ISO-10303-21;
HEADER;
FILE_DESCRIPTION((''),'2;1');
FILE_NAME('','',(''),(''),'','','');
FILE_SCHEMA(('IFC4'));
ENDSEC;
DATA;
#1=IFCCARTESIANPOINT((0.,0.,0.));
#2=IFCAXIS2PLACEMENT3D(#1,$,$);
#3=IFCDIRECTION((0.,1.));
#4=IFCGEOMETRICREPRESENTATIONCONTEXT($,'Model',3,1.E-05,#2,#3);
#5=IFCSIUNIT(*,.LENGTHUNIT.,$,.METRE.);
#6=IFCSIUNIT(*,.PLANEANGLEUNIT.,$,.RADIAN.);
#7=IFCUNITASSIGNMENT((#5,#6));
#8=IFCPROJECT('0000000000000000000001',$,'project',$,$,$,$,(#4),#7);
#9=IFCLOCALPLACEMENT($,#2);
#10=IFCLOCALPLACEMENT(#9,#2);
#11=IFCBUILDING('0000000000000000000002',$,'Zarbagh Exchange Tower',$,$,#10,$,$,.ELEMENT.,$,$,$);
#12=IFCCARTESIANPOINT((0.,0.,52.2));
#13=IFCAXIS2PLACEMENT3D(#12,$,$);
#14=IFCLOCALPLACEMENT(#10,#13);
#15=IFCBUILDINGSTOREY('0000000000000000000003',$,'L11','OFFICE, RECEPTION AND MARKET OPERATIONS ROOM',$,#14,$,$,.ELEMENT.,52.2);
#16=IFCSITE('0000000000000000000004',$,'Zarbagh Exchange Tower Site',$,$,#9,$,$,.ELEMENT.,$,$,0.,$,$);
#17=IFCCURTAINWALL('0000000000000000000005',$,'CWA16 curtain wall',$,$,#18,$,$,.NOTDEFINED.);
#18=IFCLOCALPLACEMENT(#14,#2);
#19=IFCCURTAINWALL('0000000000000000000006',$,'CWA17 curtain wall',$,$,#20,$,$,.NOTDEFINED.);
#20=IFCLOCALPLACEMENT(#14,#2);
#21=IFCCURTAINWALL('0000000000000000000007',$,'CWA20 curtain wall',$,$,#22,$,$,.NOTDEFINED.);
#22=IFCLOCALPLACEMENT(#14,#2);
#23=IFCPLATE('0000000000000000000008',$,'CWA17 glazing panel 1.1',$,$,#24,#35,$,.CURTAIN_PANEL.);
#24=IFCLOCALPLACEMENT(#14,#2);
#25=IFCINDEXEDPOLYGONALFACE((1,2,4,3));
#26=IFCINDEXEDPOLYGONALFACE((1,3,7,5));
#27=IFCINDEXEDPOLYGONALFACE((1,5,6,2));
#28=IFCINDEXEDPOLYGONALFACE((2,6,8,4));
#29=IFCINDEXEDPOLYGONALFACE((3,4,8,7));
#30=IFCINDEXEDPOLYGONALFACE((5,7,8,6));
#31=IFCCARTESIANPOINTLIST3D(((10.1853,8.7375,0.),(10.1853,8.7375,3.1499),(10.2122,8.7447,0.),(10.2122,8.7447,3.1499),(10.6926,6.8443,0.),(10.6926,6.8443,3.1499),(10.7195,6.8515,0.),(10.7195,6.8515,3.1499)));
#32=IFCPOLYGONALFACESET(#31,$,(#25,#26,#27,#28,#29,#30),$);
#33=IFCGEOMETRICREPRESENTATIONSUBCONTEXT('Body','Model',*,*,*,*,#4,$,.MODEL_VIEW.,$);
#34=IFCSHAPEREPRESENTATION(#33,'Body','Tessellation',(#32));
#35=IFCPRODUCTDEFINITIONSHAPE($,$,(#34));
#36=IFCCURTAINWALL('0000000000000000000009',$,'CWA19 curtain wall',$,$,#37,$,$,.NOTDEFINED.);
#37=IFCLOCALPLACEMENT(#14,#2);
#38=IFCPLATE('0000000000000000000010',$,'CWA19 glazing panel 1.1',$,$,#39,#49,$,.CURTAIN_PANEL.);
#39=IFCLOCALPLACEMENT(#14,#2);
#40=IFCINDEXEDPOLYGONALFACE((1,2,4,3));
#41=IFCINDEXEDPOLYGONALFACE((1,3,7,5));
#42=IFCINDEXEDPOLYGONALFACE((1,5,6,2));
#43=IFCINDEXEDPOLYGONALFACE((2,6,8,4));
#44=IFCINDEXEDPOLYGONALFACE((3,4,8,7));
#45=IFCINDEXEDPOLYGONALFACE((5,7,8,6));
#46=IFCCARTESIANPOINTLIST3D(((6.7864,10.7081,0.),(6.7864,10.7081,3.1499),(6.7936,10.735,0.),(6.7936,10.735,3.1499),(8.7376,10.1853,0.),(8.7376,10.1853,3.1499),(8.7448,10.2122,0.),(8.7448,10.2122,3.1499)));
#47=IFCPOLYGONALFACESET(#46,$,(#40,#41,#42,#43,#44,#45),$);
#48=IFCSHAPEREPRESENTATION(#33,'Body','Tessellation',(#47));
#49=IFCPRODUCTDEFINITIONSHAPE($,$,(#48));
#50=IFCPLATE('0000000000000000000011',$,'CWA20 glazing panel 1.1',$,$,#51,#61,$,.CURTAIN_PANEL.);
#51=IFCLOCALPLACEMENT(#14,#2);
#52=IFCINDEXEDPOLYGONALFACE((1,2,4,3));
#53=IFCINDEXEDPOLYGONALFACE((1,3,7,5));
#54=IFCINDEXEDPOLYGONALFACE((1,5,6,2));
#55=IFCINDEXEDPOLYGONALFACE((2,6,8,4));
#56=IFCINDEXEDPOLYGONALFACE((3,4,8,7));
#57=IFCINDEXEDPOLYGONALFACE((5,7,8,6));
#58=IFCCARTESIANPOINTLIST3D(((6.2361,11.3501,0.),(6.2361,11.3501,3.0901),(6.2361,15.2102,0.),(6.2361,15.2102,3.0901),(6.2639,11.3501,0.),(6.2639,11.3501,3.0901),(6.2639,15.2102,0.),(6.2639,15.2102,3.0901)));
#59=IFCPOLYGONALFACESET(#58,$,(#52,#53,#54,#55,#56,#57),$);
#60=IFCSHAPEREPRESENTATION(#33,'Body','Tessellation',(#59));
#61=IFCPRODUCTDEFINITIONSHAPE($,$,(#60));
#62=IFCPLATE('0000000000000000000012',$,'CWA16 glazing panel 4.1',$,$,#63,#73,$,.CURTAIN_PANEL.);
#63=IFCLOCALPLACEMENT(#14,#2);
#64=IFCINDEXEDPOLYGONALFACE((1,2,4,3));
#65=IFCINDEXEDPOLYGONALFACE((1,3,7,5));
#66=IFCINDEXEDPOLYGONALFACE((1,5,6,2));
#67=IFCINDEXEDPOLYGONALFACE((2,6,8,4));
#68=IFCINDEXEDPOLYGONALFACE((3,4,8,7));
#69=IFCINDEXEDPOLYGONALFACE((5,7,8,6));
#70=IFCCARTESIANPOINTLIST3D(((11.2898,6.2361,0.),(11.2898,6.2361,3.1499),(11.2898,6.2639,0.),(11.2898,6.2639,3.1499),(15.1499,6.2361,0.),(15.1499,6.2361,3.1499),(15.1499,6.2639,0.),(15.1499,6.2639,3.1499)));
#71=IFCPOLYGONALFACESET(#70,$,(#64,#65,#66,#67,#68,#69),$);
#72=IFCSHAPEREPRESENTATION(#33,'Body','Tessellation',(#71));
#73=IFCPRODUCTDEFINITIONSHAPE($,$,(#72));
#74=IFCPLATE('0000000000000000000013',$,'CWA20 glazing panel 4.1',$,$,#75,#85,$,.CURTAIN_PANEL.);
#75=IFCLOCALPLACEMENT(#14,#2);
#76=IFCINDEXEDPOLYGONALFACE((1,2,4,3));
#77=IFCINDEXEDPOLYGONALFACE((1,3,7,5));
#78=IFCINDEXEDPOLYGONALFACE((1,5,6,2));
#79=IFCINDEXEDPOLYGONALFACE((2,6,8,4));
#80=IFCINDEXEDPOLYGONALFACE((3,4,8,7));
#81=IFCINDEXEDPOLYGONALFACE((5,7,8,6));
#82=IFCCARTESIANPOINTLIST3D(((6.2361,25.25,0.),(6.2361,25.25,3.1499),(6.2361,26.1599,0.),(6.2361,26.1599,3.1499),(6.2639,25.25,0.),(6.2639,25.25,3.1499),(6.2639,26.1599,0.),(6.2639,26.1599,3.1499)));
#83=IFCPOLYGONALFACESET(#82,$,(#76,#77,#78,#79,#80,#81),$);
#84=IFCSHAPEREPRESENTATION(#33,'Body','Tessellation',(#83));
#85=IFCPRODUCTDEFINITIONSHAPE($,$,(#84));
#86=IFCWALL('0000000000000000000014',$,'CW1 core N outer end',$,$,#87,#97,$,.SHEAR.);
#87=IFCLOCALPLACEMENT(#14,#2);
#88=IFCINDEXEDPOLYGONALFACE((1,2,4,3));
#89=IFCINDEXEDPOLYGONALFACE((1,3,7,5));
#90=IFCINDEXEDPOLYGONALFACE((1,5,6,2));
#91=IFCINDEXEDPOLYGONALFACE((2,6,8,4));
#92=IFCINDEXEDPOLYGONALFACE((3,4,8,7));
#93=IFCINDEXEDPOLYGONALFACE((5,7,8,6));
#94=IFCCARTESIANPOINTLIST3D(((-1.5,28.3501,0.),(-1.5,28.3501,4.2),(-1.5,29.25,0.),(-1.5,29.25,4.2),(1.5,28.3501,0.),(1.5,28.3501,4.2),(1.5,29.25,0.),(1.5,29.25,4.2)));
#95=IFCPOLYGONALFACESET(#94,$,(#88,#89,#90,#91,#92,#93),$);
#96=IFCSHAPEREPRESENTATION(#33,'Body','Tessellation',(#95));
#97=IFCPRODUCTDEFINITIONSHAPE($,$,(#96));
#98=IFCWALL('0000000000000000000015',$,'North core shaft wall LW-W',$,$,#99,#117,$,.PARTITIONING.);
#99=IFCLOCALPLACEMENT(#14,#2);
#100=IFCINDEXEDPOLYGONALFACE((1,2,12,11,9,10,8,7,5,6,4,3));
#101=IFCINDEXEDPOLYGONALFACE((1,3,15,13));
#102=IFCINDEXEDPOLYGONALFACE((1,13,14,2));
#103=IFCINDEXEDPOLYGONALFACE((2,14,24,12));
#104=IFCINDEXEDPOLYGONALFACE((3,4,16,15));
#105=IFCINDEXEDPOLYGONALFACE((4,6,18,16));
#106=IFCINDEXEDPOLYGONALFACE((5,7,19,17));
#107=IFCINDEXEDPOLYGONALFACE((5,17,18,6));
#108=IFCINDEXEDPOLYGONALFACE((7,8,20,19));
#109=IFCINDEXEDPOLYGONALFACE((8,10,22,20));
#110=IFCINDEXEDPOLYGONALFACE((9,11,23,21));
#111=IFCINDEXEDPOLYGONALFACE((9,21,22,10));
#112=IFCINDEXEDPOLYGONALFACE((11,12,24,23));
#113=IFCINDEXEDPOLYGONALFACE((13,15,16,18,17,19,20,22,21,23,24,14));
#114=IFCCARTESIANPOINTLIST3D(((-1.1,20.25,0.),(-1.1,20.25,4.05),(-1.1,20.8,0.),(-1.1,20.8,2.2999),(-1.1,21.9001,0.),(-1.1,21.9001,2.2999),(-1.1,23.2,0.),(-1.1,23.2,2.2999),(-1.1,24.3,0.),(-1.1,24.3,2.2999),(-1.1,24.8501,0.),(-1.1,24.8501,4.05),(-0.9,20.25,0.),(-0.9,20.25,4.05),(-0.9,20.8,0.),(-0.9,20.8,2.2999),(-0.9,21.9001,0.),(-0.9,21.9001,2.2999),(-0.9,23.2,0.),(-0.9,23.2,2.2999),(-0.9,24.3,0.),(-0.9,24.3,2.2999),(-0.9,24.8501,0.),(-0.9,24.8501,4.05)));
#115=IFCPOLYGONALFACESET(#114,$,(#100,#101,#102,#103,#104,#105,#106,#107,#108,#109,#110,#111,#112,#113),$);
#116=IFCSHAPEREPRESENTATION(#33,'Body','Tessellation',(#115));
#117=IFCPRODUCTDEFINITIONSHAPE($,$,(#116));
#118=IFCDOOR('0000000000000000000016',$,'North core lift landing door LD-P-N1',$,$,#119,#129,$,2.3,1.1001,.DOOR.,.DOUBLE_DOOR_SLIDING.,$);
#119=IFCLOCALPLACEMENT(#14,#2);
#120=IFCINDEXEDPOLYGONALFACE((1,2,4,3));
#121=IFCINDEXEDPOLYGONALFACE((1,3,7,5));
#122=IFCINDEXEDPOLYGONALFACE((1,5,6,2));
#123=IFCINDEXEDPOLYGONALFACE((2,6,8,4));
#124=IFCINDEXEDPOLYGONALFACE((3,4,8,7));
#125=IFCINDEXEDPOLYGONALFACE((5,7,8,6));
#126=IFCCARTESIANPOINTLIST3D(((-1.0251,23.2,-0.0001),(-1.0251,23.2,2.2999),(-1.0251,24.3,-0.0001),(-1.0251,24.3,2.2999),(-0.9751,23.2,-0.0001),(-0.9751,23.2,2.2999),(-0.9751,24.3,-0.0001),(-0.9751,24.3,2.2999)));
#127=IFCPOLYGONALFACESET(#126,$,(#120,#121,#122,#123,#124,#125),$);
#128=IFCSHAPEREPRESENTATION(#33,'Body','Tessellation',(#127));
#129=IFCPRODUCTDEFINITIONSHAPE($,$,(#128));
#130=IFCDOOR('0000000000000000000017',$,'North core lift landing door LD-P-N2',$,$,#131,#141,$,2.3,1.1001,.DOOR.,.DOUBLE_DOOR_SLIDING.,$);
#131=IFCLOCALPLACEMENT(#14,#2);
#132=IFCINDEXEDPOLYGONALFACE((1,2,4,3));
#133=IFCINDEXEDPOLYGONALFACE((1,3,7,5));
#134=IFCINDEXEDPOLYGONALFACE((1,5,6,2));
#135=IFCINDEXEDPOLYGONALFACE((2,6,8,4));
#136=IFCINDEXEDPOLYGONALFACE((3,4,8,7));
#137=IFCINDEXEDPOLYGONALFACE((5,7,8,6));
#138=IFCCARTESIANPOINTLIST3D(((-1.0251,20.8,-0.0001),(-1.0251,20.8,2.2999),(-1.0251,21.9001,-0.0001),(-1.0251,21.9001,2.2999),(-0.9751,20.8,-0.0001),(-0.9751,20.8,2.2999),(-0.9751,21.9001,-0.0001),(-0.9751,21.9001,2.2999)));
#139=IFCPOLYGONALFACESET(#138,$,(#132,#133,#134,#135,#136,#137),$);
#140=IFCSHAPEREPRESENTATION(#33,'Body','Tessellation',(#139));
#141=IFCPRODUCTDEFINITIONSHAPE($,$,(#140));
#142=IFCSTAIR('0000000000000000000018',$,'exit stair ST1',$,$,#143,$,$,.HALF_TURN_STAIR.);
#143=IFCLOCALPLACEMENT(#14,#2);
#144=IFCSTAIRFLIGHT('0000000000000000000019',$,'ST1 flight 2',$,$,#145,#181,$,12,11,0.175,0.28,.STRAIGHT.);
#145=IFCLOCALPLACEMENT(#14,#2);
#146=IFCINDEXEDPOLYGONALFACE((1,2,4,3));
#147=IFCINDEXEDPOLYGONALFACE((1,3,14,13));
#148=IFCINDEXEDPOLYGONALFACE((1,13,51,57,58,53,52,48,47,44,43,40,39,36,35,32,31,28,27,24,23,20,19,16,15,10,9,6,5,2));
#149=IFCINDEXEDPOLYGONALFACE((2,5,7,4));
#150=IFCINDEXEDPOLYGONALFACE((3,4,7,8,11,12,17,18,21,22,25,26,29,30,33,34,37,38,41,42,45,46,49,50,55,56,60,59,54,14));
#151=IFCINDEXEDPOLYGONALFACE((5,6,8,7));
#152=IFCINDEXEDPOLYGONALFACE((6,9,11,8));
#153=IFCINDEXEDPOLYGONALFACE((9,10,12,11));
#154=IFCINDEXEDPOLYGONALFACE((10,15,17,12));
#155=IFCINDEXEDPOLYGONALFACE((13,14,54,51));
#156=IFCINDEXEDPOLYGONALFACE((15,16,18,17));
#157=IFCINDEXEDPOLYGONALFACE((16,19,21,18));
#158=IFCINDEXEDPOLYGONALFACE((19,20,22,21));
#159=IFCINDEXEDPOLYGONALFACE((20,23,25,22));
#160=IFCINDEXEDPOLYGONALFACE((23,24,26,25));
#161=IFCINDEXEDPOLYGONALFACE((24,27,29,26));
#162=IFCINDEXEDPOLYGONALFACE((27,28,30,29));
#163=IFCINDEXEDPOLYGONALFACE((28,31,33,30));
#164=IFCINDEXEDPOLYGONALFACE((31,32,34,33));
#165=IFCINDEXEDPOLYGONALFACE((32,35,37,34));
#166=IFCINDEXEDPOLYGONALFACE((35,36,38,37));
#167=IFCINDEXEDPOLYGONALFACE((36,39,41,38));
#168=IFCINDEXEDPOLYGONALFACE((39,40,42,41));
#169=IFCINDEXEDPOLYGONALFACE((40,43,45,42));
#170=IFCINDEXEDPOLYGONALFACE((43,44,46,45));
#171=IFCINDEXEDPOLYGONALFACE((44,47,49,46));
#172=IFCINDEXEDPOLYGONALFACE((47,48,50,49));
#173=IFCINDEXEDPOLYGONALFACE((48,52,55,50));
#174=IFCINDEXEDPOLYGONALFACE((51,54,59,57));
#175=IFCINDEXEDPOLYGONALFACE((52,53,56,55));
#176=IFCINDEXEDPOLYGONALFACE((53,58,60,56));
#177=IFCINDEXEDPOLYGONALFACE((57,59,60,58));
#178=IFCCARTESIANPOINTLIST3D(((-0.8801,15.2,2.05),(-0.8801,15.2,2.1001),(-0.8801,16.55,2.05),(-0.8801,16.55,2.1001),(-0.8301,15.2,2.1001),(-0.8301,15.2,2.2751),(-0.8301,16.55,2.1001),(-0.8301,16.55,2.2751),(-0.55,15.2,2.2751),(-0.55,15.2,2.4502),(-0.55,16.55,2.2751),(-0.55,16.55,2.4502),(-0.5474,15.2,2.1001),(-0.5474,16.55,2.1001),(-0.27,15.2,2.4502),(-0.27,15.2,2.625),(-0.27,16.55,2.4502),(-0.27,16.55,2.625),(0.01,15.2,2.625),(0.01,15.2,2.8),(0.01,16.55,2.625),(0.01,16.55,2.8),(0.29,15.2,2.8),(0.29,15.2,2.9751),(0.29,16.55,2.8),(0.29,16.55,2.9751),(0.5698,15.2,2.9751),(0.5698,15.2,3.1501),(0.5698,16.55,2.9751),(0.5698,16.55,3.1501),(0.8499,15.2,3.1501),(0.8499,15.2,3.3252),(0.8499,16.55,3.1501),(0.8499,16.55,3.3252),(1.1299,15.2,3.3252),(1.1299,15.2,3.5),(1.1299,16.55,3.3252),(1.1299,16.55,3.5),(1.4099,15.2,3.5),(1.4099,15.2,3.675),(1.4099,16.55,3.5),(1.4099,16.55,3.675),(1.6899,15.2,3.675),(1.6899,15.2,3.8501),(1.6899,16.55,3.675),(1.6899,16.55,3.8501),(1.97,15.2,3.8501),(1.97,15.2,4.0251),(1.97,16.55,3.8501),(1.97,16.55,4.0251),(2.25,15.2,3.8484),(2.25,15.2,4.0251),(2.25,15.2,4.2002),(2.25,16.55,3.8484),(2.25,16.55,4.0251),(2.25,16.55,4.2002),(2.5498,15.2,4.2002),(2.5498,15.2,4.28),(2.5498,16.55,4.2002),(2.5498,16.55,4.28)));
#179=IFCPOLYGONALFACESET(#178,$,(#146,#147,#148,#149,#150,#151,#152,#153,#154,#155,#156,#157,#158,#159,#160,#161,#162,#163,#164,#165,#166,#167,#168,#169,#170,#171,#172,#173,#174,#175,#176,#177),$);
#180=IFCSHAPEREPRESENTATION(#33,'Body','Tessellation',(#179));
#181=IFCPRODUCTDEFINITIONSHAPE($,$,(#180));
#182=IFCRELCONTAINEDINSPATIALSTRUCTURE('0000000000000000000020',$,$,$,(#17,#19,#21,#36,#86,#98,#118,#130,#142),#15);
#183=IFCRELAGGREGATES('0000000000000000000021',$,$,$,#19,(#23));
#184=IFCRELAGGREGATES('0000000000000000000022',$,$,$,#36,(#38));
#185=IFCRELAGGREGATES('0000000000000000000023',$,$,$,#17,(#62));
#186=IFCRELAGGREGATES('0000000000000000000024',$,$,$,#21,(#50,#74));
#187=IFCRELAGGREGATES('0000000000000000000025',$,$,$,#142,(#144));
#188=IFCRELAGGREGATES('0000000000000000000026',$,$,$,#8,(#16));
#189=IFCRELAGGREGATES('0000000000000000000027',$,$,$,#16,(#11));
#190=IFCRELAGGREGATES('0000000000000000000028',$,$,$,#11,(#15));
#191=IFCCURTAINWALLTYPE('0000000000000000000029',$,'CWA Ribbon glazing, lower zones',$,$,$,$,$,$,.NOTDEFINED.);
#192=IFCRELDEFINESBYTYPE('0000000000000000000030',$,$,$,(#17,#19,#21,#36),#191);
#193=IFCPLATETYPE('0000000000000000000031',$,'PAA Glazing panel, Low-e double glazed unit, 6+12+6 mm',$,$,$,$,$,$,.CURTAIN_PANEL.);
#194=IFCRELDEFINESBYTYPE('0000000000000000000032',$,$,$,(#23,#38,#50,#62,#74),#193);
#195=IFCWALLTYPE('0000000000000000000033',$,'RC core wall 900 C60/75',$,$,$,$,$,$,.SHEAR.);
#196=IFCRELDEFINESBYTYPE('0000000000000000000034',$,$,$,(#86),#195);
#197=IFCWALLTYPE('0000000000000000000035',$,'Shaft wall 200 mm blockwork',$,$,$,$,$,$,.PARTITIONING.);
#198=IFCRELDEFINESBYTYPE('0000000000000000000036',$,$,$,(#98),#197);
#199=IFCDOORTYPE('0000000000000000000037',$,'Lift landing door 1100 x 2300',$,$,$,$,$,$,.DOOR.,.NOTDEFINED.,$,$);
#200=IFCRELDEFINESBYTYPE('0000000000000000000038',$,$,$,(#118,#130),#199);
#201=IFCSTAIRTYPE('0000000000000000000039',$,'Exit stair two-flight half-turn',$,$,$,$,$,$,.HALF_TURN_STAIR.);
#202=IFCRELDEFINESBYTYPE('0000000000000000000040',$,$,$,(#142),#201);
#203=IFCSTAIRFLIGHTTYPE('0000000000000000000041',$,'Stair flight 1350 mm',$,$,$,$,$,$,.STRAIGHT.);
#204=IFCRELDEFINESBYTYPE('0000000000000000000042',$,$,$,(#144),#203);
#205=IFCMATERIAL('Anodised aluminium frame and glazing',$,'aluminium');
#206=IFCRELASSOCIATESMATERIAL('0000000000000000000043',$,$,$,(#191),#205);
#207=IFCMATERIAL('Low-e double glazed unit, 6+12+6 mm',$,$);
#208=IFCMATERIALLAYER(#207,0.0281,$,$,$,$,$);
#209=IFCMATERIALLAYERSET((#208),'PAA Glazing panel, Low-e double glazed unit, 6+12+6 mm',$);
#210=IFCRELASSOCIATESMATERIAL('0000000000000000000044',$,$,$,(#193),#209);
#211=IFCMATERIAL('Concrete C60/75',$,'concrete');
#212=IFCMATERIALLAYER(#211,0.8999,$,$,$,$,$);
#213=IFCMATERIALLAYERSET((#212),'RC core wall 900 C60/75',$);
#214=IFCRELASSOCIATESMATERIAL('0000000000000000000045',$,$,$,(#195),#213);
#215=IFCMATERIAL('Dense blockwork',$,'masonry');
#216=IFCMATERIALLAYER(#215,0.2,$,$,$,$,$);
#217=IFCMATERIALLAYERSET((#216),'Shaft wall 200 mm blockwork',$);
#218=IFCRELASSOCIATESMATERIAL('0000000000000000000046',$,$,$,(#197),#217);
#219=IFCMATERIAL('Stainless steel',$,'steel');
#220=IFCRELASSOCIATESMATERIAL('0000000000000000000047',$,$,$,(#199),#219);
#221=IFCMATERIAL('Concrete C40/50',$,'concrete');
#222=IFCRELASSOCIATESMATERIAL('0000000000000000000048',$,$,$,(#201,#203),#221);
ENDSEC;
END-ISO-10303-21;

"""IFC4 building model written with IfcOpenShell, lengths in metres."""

from ifc_helpers import new_model, si_unit, direction, frame, frame_2d, origin, place, context, subcontext, project, spatial, polyline, rectangle, outline, extrude, source, transform, mapped, material, layer, layer_set, type_object, element, fill, aggregate, save


model = new_model("IFC4")

# Units and contexts
model_context = context("Model", 3, precision=1e-05, world=origin(), true_north=direction((0.0, 1.0)))
body_context = subcontext(model_context, "Body", "Model", "MODEL_VIEW")
ifc_project = project(units=[si_unit("LENGTHUNIT", "METRE"), si_unit("PLANEANGLEUNIT", "RADIAN")], contexts=[model_context])

# Site, building, storey
site_placement = place(None, origin())
site = spatial("IfcSite", under=ifc_project, at=site_placement, Name="Zarbagh Exchange Tower Site", CompositionType="ELEMENT", RefElevation=0.0)
building_placement = place(site_placement, origin())
building = spatial("IfcBuilding", under=site, at=building_placement, Name="Zarbagh Exchange Tower", CompositionType="ELEMENT")
storey_placement = place(building_placement, frame((0.0, 0.0, 52.2)))
storey = spatial("IfcBuildingStorey", under=building, at=storey_placement, Name="L11", Description="OFFICE, RECEPTION AND MARKET OPERATIONS ROOM", CompositionType="ELEMENT", Elevation=52.2)

# Curtain wall
ifc_material_1 = material(Name="Anodised aluminium frame and glazing", Category="aluminium")
curtain_wall_type = type_object("IfcCurtainWallType", Name="CWA Ribbon glazing, lower zones", PredefinedType="NOTDEFINED", material=ifc_material_1)
curtain_wall_1_placement = place(storey_placement, origin())
curtain_wall_1 = element("IfcCurtainWall", 1, at=curtain_wall_1_placement, inside=storey, type_object=curtain_wall_type, Name="CWA16 curtain wall", PredefinedType="NOTDEFINED")
placement = place(storey_placement, origin())

# Curtain wall
curtain_wall_2_placement = place(storey_placement, origin())
curtain_wall_2 = element("IfcCurtainWall", 2, at=curtain_wall_2_placement, inside=storey, type_object=curtain_wall_type, Name="CWA17 curtain wall", PredefinedType="NOTDEFINED")

# Curtain wall
curtain_wall_3_placement = place(storey_placement, origin())
curtain_wall_3 = element("IfcCurtainWall", 3, at=curtain_wall_3_placement, inside=storey, type_object=curtain_wall_type, Name="CWA20 curtain wall", PredefinedType="NOTDEFINED")

# Shared definitions
ifc_material_2 = material(Name="Low-e double glazed unit, 6+12+6 mm")
ifc_layer_1 = layer(ifc_material_2, 0.0281)
ifc_layer_set_1 = layer_set([ifc_layer_1], Name="PAA Glazing panel, Low-e double glazed unit, 6+12+6 mm")
plate_type = type_object("IfcPlateType", Name="PAA Glazing panel, Low-e double glazed unit, 6+12+6 mm", PredefinedType="CURTAIN_PANEL", material=ifc_layer_set_1)

# Plate
shared_shape_1 = source(origin(), body_context, "Body", "SweptSolid", [
    extrude(outline(polyline([(0.0, -0.0139), (1.96, -0.0139), (1.96, 0.0139), (0.0, 0.0139), (0.0, -0.0139)])), origin(), (0.0, 0.0, 1.0), 3.1499),
])
plate_1 = element("IfcPlate", 4, at=placement, type_object=plate_type, Name="CWA17 glazing panel 1.1", PredefinedType="CURTAIN_PANEL", context=body_context, shape_type="MappedRepresentation", body=[
    mapped(shared_shape_1, transform((10.7061, 6.8479, 0.0), x_axis=(-0.258825, 0.965924, 0.0), y_axis=(-0.965924, -0.258825, 0.0), z_axis=(0.0, 0.0, 1.0))),
])
aggregate(curtain_wall_2, [plate_1])

# Curtain wall, plate
curtain_wall_4_placement = place(storey_placement, origin())
curtain_wall_4 = element("IfcCurtainWall", 5, at=curtain_wall_4_placement, inside=storey, type_object=curtain_wall_type, Name="CWA19 curtain wall", PredefinedType="NOTDEFINED")
shared_shape_2 = source(origin(), body_context, "Body", "SweptSolid", [
    extrude(outline(polyline([(0.0, -0.0139), (2.02, -0.0139), (2.02, 0.0139), (0.0, 0.0139), (0.0, -0.0139)])), origin(), (0.0, 0.0, 1.0), 3.1499),
])
plate_2 = element("IfcPlate", 6, at=placement, type_object=plate_type, Name="CWA19 glazing panel 1.1", PredefinedType="CURTAIN_PANEL", context=body_context, shape_type="MappedRepresentation", body=[
    mapped(shared_shape_2, transform((8.7412, 10.1987, 0.0), x_axis=(-0.965924, 0.258825, 0.0), y_axis=(-0.258825, -0.965924, 0.0), z_axis=(0.0, 0.0, 1.0))),
])
aggregate(curtain_wall_4, [plate_2])

# Plates
shared_shape_3 = source(origin(), body_context, "Body", "SweptSolid", [
    extrude(outline(polyline([(0.0, -0.0139), (3.8601, -0.0139), (3.8601, 0.0139), (0.0, 0.0139), (0.0, -0.0139)])), origin(), (0.0, 0.0, 1.0), 3.0901),
])
plate_3 = element("IfcPlate", 7, at=placement, type_object=plate_type, Name="CWA20 glazing panel 1.1", PredefinedType="CURTAIN_PANEL", context=body_context, shape_type="MappedRepresentation", body=[
    mapped(shared_shape_3, transform((6.25, 11.3501, 0.0), x_axis=(0.0, 1.0, 0.0), y_axis=(-1.0, 0.0, 0.0), z_axis=(0.0, 0.0, 1.0))),
])
shared_shape_4 = source(origin(), body_context, "Body", "SweptSolid", [
    extrude(outline(polyline([(0.0, -0.0139), (3.8601, -0.0139), (3.8601, 0.0139), (0.0, 0.0139), (0.0, -0.0139)])), origin(), (0.0, 0.0, 1.0), 3.1499),
])
plate_4 = element("IfcPlate", 8, at=placement, type_object=plate_type, Name="CWA16 glazing panel 4.1", PredefinedType="CURTAIN_PANEL", context=body_context, shape_type="MappedRepresentation", body=[
    mapped(shared_shape_4, transform((15.1499, 6.25, 0.0), x_axis=(-1.0, 0.0, 0.0), y_axis=(0.0, -1.0, 0.0), z_axis=(0.0, 0.0, 1.0))),
])
aggregate(curtain_wall_1, [plate_4])
shared_shape_5 = source(origin(), body_context, "Body", "SweptSolid", [
    extrude(outline(polyline([(0.0, -0.0139), (0.9099, -0.0139), (0.9099, 0.0139), (0.0, 0.0139), (0.0, -0.0139)])), origin(), (0.0, 0.0, 1.0), 3.1499),
])
plate_5 = element("IfcPlate", 9, at=placement, type_object=plate_type, Name="CWA20 glazing panel 4.1", PredefinedType="CURTAIN_PANEL", context=body_context, shape_type="MappedRepresentation", body=[
    mapped(shared_shape_5, transform((6.25, 25.25, 0.0), x_axis=(0.0, 1.0, 0.0), y_axis=(-1.0, 0.0, 0.0), z_axis=(0.0, 0.0, 1.0))),
])
aggregate(curtain_wall_3, [plate_3, plate_5])

# Wall
ifc_material_3 = material(Name="Concrete C60/75", Category="concrete")
ifc_layer_2 = layer(ifc_material_3, 0.8999)
ifc_layer_set_2 = layer_set([ifc_layer_2], Name="RC core wall 900 C60/75")
wall_type_1 = type_object("IfcWallType", Name="RC core wall 900 C60/75", PredefinedType="SHEAR", material=ifc_layer_set_2)
wall_1_placement = place(storey_placement, frame((-1.5, 28.8, 0.0), z_axis=(0.0, 0.0, 1.0), x_axis=(1.0, 0.0, 0.0)))
element("IfcWall", 10, at=wall_1_placement, inside=storey, type_object=wall_type_1, Name="CW1 core N outer end", PredefinedType="SHEAR", context=body_context, shape_type="SweptSolid", body=[
    extrude(rectangle(XDim=3.0, YDim=0.8999, at=frame_2d((1.5, 0.0))), origin(), (0.0, 0.0, 1.0), 4.2),
])

# Wall, openings, doors
ifc_material_4 = material(Name="Dense blockwork", Category="masonry")
ifc_layer_3 = layer(ifc_material_4, 0.2)
ifc_layer_set_3 = layer_set([ifc_layer_3], Name="Shaft wall 200 mm blockwork")
wall_type_2 = type_object("IfcWallType", Name="Shaft wall 200 mm blockwork", PredefinedType="PARTITIONING", material=ifc_layer_set_3)
wall_2_placement = place(storey_placement, frame((-1.0, 24.8501, 0.0), z_axis=(0.0, 0.0, 1.0), x_axis=(0.0, -1.0, 0.0)))
wall_2 = element("IfcWall", 11, at=wall_2_placement, inside=storey, type_object=wall_type_2, Name="North core shaft wall LW-W", PredefinedType="PARTITIONING", context=body_context, shape_type="SweptSolid", body=[
    extrude(rectangle(XDim=4.6001, YDim=0.2, at=frame_2d((2.3, 0.0))), origin(), (0.0, 0.0, 1.0), 4.05),
])
opening_1_placement = place(wall_2_placement, frame((0.55, 0.0, 0.0)))
opening_1 = element("IfcOpeningElement", 12, at=opening_1_placement, cuts=wall_2, PredefinedType="OPENING", context=body_context, shape_type="SweptSolid", body=[
    extrude(rectangle(XDim=1.1001, YDim=2.3, at=frame_2d((0.55, 1.1499))), frame((0.0, 0.1099, 0.0), z_axis=(0.0, -1.0, 0.0), x_axis=(1.0, 0.0, 0.0)), (0.0, 0.0, 1.0), 0.22),
])
opening_2_placement = place(wall_2_placement, frame((2.95, 0.0, 0.0)))
opening_2 = element("IfcOpeningElement", 13, at=opening_2_placement, cuts=wall_2, PredefinedType="OPENING", context=body_context, shape_type="SweptSolid", body=[
    extrude(rectangle(XDim=1.1001, YDim=2.3, at=frame_2d((0.55, 1.1499))), frame((0.0, 0.1099, 0.0), z_axis=(0.0, -1.0, 0.0), x_axis=(1.0, 0.0, 0.0)), (0.0, 0.0, 1.0), 0.22),
])
ifc_material_5 = material(Name="Stainless steel", Category="steel")
door_type = type_object("IfcDoorType", Name="Lift landing door 1100 x 2300", OperationType="NOTDEFINED", PredefinedType="DOOR", material=ifc_material_5)
door_1_placement = place(opening_1_placement, origin())
door_1 = element("IfcDoor", 14, at=door_1_placement, inside=storey, type_object=door_type, Name="North core lift landing door LD-P-N1", OperationType="DOUBLE_DOOR_SLIDING", OverallHeight=2.3, OverallWidth=1.1001, PredefinedType="DOOR", context=body_context, shape_type="SweptSolid", body=[
    extrude(rectangle(XDim=1.1001, YDim=2.3, at=frame_2d((0.55, 1.1499))), frame((0.0, 0.0249, 0.0), z_axis=(0.0, -1.0, 0.0), x_axis=(1.0, 0.0, 0.0)), (0.0, 0.0, 1.0), 0.05),
])
fill(opening_1, door_1)
door_2_placement = place(opening_2_placement, origin())
door_2 = element("IfcDoor", 15, at=door_2_placement, inside=storey, type_object=door_type, Name="North core lift landing door LD-P-N2", OperationType="DOUBLE_DOOR_SLIDING", OverallHeight=2.3, OverallWidth=1.1001, PredefinedType="DOOR", context=body_context, shape_type="SweptSolid", body=[
    extrude(rectangle(XDim=1.1001, YDim=2.3, at=frame_2d((0.55, 1.1499))), frame((0.0, 0.0249, 0.0), z_axis=(0.0, -1.0, 0.0), x_axis=(1.0, 0.0, 0.0)), (0.0, 0.0, 1.0), 0.05),
])
fill(opening_2, door_2)

# Stair, stair flight
ifc_material_6 = material(Name="Concrete C40/50", Category="concrete")
stair_type = type_object("IfcStairType", Name="Exit stair two-flight half-turn", PredefinedType="HALF_TURN_STAIR", material=ifc_material_6)
stair_placement = place(storey_placement, origin())
stair = element("IfcStair", 16, at=stair_placement, inside=storey, type_object=stair_type, Name="exit stair ST1", PredefinedType="HALF_TURN_STAIR")
stair_flight_type = type_object("IfcStairFlightType", Name="Stair flight 1350 mm", PredefinedType="STRAIGHT", material=ifc_material_6)
stair_flight_placement = place(storey_placement, frame((-0.8301, 15.875, 2.1001), z_axis=(0.0, 0.0, 1.0), x_axis=(1.0, 0.0, 0.0)))
stair_flight = element("IfcStairFlight", 17, at=stair_flight_placement, type_object=stair_flight_type, Name="ST1 flight 2", NumberOfRisers=12, NumberOfTreads=11, PredefinedType="STRAIGHT", RiserHeight=0.175, TreadLength=0.28, context=body_context, shape_type="SweptSolid", body=[
    extrude(outline(polyline([(-0.05, -0.05), (-0.05, 0.0), (0.0, 0.0), (0.0, 0.175), (0.28, 0.175), (0.28, 0.3501), (0.5601, 0.3501), (0.5601, 0.5249), (0.8401, 0.5249), (0.8401, 0.7), (1.1201, 0.7), (1.1201, 0.875), (1.3999, 0.875), (1.3999, 1.05), (1.6799, 1.05), (1.6799, 1.2251), (1.96, 1.2251), (1.96, 1.3999), (2.24, 1.3999), (2.24, 1.575), (2.52, 1.575), (2.52, 1.75), (2.8, 1.75), (2.8, 1.925), (3.0801, 1.925), (3.0801, 2.1001), (3.3799, 2.1799), (3.3799, 2.1001), (3.0801, 1.7483), (0.2827, 0.0), (-0.05, -0.05)])), frame((0.0, 0.675, 0.0), z_axis=(0.0, -1.0, 0.0), x_axis=(1.0, 0.0, 0.0)), (0.0, 0.0, 1.0), 1.3501),
])
aggregate(stair, [stair_flight])

save(model, "model.ifc")
